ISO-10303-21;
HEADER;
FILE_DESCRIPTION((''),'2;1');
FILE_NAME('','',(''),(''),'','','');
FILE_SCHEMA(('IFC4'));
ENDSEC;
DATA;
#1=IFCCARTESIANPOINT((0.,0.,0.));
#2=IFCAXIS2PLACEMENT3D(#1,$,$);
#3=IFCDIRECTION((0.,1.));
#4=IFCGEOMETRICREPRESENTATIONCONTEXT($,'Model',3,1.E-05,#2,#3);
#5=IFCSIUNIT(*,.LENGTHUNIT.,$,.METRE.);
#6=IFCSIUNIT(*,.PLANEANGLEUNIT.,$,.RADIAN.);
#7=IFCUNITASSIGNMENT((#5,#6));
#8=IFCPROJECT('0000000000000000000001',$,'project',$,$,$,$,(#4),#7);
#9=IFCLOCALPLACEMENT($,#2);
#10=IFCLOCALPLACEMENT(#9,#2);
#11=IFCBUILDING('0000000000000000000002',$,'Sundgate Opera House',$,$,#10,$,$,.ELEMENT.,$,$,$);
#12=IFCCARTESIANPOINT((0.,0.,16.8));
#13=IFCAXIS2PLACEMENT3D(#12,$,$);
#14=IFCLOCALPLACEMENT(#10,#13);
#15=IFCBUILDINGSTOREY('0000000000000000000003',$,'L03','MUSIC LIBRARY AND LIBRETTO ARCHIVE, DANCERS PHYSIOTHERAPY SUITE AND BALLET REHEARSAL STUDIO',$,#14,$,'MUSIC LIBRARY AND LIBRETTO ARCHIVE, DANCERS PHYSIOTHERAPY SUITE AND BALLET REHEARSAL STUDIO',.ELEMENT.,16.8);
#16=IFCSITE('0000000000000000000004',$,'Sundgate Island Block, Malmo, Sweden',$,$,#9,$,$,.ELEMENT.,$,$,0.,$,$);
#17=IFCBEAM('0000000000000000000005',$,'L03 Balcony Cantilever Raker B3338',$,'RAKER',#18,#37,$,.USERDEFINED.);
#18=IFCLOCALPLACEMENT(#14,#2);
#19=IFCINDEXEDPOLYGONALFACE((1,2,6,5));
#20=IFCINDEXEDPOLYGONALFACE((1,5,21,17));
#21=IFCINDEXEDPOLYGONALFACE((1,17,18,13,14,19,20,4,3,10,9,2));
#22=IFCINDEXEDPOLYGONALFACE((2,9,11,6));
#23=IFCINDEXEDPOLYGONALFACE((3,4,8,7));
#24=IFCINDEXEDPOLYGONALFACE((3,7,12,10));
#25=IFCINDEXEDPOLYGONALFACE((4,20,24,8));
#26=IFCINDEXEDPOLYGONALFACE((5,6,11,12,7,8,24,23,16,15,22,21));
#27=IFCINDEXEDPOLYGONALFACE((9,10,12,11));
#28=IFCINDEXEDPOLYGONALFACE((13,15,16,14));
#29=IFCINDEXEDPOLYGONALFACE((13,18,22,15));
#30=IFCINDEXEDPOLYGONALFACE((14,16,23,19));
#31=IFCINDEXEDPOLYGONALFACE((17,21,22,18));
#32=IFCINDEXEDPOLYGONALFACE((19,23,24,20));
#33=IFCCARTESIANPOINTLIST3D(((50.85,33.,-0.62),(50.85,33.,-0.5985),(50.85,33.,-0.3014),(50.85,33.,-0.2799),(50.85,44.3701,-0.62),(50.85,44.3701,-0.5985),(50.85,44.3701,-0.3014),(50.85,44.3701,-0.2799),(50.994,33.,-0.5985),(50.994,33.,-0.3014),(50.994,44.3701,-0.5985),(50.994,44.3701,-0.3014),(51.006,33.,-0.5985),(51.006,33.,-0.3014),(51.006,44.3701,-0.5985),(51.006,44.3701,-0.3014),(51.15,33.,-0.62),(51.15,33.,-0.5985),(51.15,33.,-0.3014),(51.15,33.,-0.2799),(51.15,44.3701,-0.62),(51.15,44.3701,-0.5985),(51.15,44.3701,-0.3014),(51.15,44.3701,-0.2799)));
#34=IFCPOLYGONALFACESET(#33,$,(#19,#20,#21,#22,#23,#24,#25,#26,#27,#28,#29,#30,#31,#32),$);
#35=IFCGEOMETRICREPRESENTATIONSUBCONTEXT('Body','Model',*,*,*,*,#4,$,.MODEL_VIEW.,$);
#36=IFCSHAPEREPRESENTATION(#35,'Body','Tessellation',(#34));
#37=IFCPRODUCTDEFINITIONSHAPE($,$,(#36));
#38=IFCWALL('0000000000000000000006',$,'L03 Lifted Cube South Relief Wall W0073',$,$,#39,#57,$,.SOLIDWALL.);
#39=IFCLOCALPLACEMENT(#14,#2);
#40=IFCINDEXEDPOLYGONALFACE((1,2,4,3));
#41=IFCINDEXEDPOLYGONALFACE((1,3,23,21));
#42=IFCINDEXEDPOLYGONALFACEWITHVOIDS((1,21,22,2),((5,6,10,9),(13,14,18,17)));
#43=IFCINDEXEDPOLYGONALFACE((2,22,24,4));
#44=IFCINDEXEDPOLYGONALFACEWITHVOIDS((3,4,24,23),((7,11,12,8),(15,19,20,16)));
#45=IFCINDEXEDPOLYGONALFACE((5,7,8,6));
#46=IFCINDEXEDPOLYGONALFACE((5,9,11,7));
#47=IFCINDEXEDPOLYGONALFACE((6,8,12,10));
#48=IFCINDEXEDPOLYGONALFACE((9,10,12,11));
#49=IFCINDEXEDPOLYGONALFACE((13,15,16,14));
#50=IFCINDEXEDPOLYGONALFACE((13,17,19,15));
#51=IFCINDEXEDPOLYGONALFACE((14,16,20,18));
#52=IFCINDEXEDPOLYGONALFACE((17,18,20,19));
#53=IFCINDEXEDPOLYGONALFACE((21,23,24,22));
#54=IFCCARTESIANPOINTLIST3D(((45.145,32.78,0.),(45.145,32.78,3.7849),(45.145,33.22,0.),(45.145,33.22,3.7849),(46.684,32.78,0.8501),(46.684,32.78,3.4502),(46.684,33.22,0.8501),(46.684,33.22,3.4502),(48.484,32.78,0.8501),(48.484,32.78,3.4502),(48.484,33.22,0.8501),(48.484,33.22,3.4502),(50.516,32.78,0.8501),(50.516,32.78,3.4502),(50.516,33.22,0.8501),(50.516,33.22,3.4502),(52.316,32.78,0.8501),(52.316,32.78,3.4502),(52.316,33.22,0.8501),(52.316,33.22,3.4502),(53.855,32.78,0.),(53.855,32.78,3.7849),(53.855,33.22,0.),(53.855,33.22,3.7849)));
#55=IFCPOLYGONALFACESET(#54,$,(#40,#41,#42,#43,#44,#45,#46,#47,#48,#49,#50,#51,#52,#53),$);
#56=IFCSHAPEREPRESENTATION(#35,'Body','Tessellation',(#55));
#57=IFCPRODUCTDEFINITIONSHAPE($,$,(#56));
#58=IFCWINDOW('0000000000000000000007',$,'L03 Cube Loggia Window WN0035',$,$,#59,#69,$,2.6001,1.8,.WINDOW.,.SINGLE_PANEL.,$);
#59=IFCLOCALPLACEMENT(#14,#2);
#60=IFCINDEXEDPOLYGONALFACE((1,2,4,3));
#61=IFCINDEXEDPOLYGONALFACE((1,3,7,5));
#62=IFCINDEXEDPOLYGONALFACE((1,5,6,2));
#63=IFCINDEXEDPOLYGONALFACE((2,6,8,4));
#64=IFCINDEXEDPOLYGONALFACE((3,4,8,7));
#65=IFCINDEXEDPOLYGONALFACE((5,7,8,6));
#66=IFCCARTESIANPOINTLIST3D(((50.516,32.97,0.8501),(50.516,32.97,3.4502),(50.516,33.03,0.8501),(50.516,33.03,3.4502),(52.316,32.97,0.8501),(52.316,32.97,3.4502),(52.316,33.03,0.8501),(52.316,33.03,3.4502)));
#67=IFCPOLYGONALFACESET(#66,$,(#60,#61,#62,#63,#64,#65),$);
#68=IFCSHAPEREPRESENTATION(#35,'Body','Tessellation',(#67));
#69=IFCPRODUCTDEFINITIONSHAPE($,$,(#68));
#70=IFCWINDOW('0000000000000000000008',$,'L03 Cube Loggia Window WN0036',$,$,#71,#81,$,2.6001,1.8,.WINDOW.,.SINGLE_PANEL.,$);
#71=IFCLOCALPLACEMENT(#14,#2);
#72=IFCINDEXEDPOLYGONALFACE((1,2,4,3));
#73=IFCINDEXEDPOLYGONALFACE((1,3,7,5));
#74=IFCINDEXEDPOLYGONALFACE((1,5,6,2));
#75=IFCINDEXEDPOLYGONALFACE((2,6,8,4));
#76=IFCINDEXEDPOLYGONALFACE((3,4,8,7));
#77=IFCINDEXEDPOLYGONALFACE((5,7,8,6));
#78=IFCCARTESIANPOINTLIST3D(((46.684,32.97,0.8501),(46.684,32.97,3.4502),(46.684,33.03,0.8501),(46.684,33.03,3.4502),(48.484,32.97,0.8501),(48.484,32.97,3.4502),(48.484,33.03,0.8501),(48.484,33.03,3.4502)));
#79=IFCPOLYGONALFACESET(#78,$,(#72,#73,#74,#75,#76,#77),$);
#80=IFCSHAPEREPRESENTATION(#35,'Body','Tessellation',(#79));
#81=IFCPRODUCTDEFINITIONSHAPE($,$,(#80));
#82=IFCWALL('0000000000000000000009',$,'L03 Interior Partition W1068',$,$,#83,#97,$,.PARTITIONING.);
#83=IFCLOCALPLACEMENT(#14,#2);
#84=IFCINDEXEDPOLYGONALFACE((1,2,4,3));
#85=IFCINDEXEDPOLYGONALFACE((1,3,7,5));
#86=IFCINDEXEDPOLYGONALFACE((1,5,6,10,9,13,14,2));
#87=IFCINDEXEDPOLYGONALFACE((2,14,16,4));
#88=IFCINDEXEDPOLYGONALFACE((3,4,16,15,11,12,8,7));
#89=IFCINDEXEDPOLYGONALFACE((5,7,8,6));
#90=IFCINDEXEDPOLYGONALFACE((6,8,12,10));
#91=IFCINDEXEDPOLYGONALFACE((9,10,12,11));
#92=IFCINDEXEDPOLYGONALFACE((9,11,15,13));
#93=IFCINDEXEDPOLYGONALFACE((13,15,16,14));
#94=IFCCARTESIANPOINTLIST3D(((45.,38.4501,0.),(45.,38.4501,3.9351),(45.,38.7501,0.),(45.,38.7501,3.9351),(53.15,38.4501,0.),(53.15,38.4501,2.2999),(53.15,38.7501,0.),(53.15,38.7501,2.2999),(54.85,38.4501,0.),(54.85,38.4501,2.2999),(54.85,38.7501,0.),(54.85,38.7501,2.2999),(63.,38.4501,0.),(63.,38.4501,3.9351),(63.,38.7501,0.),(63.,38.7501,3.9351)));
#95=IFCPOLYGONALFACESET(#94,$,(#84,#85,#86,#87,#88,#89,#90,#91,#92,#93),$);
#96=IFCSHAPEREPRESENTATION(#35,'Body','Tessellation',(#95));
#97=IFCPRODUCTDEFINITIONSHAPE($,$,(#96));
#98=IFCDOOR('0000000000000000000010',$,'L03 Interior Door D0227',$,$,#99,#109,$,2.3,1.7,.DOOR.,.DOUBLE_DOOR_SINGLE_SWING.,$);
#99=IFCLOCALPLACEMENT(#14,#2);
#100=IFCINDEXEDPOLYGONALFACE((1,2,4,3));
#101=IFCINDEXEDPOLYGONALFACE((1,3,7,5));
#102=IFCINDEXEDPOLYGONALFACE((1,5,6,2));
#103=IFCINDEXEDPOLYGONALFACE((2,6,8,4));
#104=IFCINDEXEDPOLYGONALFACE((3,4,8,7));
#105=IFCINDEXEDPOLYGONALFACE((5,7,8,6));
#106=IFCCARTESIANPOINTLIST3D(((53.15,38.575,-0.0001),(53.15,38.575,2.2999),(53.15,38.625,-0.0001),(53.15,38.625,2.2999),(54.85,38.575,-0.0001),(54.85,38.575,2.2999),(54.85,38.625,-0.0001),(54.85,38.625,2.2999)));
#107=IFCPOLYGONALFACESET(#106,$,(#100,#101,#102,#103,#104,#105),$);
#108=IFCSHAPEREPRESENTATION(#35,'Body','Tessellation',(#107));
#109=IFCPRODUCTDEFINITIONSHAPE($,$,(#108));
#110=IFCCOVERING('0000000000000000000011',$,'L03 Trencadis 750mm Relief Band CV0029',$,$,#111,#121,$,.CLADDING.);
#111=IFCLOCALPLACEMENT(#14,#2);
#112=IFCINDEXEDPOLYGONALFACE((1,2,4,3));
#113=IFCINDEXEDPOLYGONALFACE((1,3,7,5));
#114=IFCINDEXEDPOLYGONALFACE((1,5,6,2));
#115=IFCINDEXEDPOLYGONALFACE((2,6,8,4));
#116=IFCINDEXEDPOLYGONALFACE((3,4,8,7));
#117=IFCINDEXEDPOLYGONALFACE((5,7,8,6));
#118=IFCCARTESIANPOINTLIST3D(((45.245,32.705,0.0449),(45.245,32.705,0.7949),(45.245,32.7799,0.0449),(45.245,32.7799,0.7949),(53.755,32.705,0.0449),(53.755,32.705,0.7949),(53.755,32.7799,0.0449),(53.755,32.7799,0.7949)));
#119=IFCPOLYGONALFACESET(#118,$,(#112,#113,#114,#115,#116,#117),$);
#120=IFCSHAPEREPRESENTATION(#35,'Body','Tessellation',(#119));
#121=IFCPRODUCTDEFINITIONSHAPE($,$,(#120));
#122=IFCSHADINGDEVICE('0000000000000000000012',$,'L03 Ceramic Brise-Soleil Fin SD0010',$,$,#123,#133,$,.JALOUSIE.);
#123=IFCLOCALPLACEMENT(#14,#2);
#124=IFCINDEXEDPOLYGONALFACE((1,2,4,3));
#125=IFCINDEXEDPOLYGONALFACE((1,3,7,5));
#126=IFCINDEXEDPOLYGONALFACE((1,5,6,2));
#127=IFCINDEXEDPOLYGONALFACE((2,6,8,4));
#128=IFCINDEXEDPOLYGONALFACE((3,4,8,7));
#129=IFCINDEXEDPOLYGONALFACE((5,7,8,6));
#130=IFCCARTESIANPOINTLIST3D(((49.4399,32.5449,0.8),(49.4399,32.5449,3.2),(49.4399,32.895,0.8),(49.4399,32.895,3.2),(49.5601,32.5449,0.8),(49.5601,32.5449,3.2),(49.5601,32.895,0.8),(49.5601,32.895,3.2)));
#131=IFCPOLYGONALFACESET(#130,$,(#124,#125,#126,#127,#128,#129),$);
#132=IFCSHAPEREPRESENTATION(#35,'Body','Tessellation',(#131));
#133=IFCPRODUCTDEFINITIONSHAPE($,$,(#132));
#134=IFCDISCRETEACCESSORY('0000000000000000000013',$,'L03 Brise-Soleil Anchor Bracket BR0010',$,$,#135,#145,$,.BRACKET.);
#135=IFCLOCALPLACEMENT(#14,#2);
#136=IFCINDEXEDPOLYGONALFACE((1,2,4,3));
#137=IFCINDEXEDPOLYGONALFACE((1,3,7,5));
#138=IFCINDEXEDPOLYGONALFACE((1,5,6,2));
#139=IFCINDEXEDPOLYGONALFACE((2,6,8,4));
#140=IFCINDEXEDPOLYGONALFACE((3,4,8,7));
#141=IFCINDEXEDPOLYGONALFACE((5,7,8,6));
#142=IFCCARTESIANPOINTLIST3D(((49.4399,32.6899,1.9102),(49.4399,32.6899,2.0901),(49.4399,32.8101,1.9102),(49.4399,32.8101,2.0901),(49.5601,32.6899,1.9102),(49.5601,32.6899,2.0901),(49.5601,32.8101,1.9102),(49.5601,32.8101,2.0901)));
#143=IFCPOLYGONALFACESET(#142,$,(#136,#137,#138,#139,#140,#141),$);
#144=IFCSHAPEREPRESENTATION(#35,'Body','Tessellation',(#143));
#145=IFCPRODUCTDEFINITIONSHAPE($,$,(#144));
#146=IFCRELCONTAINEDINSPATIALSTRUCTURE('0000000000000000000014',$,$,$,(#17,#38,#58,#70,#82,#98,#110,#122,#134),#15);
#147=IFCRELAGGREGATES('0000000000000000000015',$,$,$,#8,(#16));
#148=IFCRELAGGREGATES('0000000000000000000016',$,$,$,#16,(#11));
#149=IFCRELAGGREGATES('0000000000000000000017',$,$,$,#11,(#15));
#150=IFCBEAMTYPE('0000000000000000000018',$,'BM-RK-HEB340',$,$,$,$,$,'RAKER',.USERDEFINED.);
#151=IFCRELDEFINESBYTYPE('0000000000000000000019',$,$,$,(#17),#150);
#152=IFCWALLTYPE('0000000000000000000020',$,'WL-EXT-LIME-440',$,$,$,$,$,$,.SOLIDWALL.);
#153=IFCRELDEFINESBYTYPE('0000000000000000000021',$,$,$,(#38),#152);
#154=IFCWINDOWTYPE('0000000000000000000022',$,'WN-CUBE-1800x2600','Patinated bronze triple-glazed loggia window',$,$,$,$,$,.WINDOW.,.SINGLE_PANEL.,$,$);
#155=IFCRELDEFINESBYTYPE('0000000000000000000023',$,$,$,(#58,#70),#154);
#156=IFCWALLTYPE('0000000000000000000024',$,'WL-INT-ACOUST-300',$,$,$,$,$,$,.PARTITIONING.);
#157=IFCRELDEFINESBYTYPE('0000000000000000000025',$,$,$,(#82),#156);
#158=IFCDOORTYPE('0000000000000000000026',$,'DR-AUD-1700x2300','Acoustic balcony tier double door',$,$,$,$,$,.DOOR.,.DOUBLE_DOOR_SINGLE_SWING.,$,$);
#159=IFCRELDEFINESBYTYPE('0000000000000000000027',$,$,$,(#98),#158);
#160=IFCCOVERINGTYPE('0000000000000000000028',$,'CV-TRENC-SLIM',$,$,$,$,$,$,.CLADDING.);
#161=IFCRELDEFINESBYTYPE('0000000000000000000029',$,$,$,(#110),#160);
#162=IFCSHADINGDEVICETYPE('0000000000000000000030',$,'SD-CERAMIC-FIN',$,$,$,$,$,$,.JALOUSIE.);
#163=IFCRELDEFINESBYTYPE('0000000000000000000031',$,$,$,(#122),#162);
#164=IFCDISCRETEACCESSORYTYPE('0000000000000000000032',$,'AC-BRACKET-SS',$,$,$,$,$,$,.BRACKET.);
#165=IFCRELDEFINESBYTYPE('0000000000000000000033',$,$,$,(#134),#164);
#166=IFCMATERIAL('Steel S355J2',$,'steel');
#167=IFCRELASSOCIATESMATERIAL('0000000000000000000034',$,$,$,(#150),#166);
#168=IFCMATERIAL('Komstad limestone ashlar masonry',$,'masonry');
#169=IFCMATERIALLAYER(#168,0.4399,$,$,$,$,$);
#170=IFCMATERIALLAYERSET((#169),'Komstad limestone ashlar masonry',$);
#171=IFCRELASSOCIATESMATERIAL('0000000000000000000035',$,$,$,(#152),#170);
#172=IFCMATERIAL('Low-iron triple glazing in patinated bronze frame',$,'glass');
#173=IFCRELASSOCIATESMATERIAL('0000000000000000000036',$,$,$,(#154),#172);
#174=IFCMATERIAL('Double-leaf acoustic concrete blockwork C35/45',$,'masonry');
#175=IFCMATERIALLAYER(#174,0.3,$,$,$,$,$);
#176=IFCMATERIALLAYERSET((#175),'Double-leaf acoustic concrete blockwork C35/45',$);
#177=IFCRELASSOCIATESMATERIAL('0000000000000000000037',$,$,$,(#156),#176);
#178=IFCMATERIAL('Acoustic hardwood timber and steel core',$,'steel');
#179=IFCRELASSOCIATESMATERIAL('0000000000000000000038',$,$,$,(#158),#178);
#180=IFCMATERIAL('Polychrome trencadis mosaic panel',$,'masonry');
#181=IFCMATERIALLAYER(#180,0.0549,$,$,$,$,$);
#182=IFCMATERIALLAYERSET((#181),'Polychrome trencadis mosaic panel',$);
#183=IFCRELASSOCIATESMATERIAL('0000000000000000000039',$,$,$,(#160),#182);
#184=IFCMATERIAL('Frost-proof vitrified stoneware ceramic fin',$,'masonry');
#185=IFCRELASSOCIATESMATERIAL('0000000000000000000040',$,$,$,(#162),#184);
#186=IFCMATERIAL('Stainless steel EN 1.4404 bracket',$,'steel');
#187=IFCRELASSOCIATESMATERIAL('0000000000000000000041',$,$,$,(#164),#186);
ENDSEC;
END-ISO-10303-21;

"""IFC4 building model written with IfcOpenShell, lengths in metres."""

from ifc_helpers import new_model, si_unit, direction, frame, frame_2d, origin, origin_2d, place, context, subcontext, project, spatial, rectangle, i_section, extrude, material, layer, layer_set, material_profile, profile_set, type_object, element, fill, save


model = new_model("IFC4")

# Units and contexts
model_context = context("Model", 3, precision=1e-05, world=origin(), true_north=direction((0.0, 1.0)))
body_context = subcontext(model_context, "Body", "Model", "MODEL_VIEW")
ifc_project = project(units=[si_unit("LENGTHUNIT", "METRE"), si_unit("PLANEANGLEUNIT", "RADIAN")], contexts=[model_context])

# Site, building, storey
site_placement = place(None, origin())
site = spatial("IfcSite", under=ifc_project, at=site_placement, Name="Sundgate Island Block, Malmo, Sweden", CompositionType="ELEMENT", RefElevation=0.0)
building_placement = place(site_placement, origin())
building = spatial("IfcBuilding", under=site, at=building_placement, Name="Sundgate Opera House", CompositionType="ELEMENT")
storey_placement = place(building_placement, frame((0.0, 0.0, 16.8)))
storey = spatial("IfcBuildingStorey", under=building, at=storey_placement, Name="L03", Description="MUSIC LIBRARY AND LIBRETTO ARCHIVE, DANCERS PHYSIOTHERAPY SUITE AND BALLET REHEARSAL STUDIO", LongName="MUSIC LIBRARY AND LIBRETTO ARCHIVE, DANCERS PHYSIOTHERAPY SUITE AND BALLET REHEARSAL STUDIO", CompositionType="ELEMENT", Elevation=16.8)

# Beam
ifc_material_1 = material(Name="Steel S355J2", Category="steel")
ifc_material_profile_1 = material_profile(ifc_material_1, i_section(OverallWidth=0.3, OverallDepth=0.3401, WebThickness=0.012, FlangeThickness=0.0215, at=origin_2d()), Name="HEB 340")
ifc_profile_set_1 = profile_set([ifc_material_profile_1], Name="Steel S355J2")
beam_type_1 = type_object("IfcBeamType", Name="BM-RK-HEB340", ElementType="RAKER", PredefinedType="USERDEFINED", material=ifc_profile_set_1)
for number, where, z_axis, x_axis, name in (
    (1, (51.0, 33.0, -0.45), (0.0, 1.0, 0.0), (-1.0, 0.0, 0.0), "L03 Balcony Cantilever Raker B3338"),
):
    element("IfcBeam", number, at=place(storey_placement, frame(where, z_axis=z_axis, x_axis=x_axis)), inside=storey, type_object=beam_type_1, Name=name, ObjectType="RAKER", PredefinedType="USERDEFINED", context=body_context, shape_type="SweptSolid", body=[
        extrude(i_section(OverallWidth=0.3, OverallDepth=0.3401, WebThickness=0.012, FlangeThickness=0.0215, at=origin_2d()), origin(), (0.0, 0.0, 1.0), 11.3701),
    ])

# Wall, openings, windows
ifc_material_2 = material(Name="Komstad limestone ashlar masonry", Category="masonry")
ifc_layer_1 = layer(ifc_material_2, 0.4399)
ifc_layer_set_1 = layer_set([ifc_layer_1], Name="Komstad limestone ashlar masonry")
wall_type_1 = type_object("IfcWallType", Name="WL-EXT-LIME-440", PredefinedType="SOLIDWALL", material=ifc_layer_set_1)
wall_1_placement = place(storey_placement, frame((53.855, 33.0, 0.0), z_axis=(0.0, 0.0, 1.0), x_axis=(-1.0, 0.0, 0.0)))
wall_1 = element("IfcWall", 2, at=wall_1_placement, inside=storey, type_object=wall_type_1, Name="L03 Lifted Cube South Relief Wall W0073", PredefinedType="SOLIDWALL", context=body_context, shape_type="SweptSolid", body=[
    extrude(rectangle(XDim=8.71, YDim=0.4399, at=frame_2d((4.355, 0.0))), origin(), (0.0, 0.0, 1.0), 3.7849),
])
opening_1_placement = place(wall_1_placement, frame((1.5391, 0.0, 0.8501)))
opening_1 = element("IfcOpeningElement", 3, at=opening_1_placement, cuts=wall_1, PredefinedType="OPENING", context=body_context, shape_type="SweptSolid", body=[
    extrude(rectangle(XDim=1.8, YDim=2.6001, at=frame_2d((0.8999, 1.3))), frame((0.0, 0.23, 0.0), z_axis=(0.0, -1.0, 0.0), x_axis=(1.0, 0.0, 0.0)), (0.0, 0.0, 1.0), 0.46),
])
opening_2_placement = place(wall_1_placement, frame((5.3711, 0.0, 0.8501)))
opening_2 = element("IfcOpeningElement", 4, at=opening_2_placement, cuts=wall_1, PredefinedType="OPENING", context=body_context, shape_type="SweptSolid", body=[
    extrude(rectangle(XDim=1.8, YDim=2.6001, at=frame_2d((0.8999, 1.3))), frame((0.0, 0.23, 0.0), z_axis=(0.0, -1.0, 0.0), x_axis=(1.0, 0.0, 0.0)), (0.0, 0.0, 1.0), 0.46),
])
ifc_material_3 = material(Name="Low-iron triple glazing in patinated bronze frame", Category="glass")
window_type = type_object("IfcWindowType", Name="WN-CUBE-1800x2600", Description="Patinated bronze triple-glazed loggia window", PartitioningType="SINGLE_PANEL", PredefinedType="WINDOW", material=ifc_material_3)
window_1_placement = place(opening_1_placement, origin())
window_1 = element("IfcWindow", 5, at=window_1_placement, inside=storey, type_object=window_type, Name="L03 Cube Loggia Window WN0035", OverallHeight=2.6001, OverallWidth=1.8, PartitioningType="SINGLE_PANEL", PredefinedType="WINDOW", context=body_context, shape_type="SweptSolid", body=[
    extrude(rectangle(XDim=1.8, YDim=2.6001, at=frame_2d((0.8999, 1.3))), frame((0.0, 0.03, 0.0), z_axis=(0.0, -1.0, 0.0), x_axis=(1.0, 0.0, 0.0)), (0.0, 0.0, 1.0), 0.0601),
])
fill(opening_1, window_1)
window_2_placement = place(opening_2_placement, origin())
window_2 = element("IfcWindow", 6, at=window_2_placement, inside=storey, type_object=window_type, Name="L03 Cube Loggia Window WN0036", OverallHeight=2.6001, OverallWidth=1.8, PartitioningType="SINGLE_PANEL", PredefinedType="WINDOW", context=body_context, shape_type="SweptSolid", body=[
    extrude(rectangle(XDim=1.8, YDim=2.6001, at=frame_2d((0.8999, 1.3))), frame((0.0, 0.03, 0.0), z_axis=(0.0, -1.0, 0.0), x_axis=(1.0, 0.0, 0.0)), (0.0, 0.0, 1.0), 0.0601),
])
fill(opening_2, window_2)

# Wall, opening, door
ifc_material_4 = material(Name="Double-leaf acoustic concrete blockwork C35/45", Category="masonry")
ifc_layer_2 = layer(ifc_material_4, 0.3)
ifc_layer_set_2 = layer_set([ifc_layer_2], Name="Double-leaf acoustic concrete blockwork C35/45")
wall_type_2 = type_object("IfcWallType", Name="WL-INT-ACOUST-300", PredefinedType="PARTITIONING", material=ifc_layer_set_2)
wall_2_placement = place(storey_placement, frame((45.0, 38.6001, 0.0), z_axis=(0.0, 0.0, 1.0), x_axis=(1.0, 0.0, 0.0)))
wall_2 = element("IfcWall", 7, at=wall_2_placement, inside=storey, type_object=wall_type_2, Name="L03 Interior Partition W1068", PredefinedType="PARTITIONING", context=body_context, shape_type="SweptSolid", body=[
    extrude(rectangle(XDim=18.0, YDim=0.3, at=frame_2d((9.0, 0.0))), origin(), (0.0, 0.0, 1.0), 3.9351),
])
opening_3_placement = place(wall_2_placement, frame((8.1499, 0.0, 0.0)))
opening_3 = element("IfcOpeningElement", 8, at=opening_3_placement, cuts=wall_2, PredefinedType="OPENING", context=body_context, shape_type="SweptSolid", body=[
    extrude(rectangle(XDim=1.7, YDim=2.3, at=frame_2d((0.8501, 1.1499))), frame((0.0, 0.1599, 0.0), z_axis=(0.0, -1.0, 0.0), x_axis=(1.0, 0.0, 0.0)), (0.0, 0.0, 1.0), 0.3201),
])
ifc_material_5 = material(Name="Acoustic hardwood timber and steel core", Category="steel")
door_type = type_object("IfcDoorType", Name="DR-AUD-1700x2300", Description="Acoustic balcony tier double door", OperationType="DOUBLE_DOOR_SINGLE_SWING", PredefinedType="DOOR", material=ifc_material_5)
door_placement = place(opening_3_placement, origin())
door = element("IfcDoor", 9, at=door_placement, inside=storey, type_object=door_type, Name="L03 Interior Door D0227", OperationType="DOUBLE_DOOR_SINGLE_SWING", OverallHeight=2.3, OverallWidth=1.7, PredefinedType="DOOR", context=body_context, shape_type="SweptSolid", body=[
    extrude(rectangle(XDim=1.7, YDim=2.3, at=frame_2d((0.8501, 1.1499))), frame((0.0, 0.0249, 0.0), z_axis=(0.0, -1.0, 0.0), x_axis=(1.0, 0.0, 0.0)), (0.0, 0.0, 1.0), 0.05),
])
fill(opening_3, door)

# Covering
ifc_material_6 = material(Name="Polychrome trencadis mosaic panel", Category="masonry")
ifc_layer_3 = layer(ifc_material_6, 0.0549)
ifc_layer_set_3 = layer_set([ifc_layer_3], Name="Polychrome trencadis mosaic panel")
covering_type = type_object("IfcCoveringType", Name="CV-TRENC-SLIM", PredefinedType="CLADDING", material=ifc_layer_set_3)
covering_placement = place(storey_placement, frame((49.5, 32.7424, 0.0449), z_axis=(0.0, 0.0, 1.0), x_axis=(1.0, 0.0, 0.0)))
element("IfcCovering", 10, at=covering_placement, inside=storey, type_object=covering_type, Name="L03 Trencadis 750mm Relief Band CV0029", PredefinedType="CLADDING", context=body_context, shape_type="SweptSolid", body=[
    extrude(rectangle(XDim=8.51, YDim=0.075, at=origin_2d()), origin(), (0.0, 0.0, 1.0), 0.75),
])

# Shading device
ifc_material_7 = material(Name="Frost-proof vitrified stoneware ceramic fin", Category="masonry")
shading_device_type = type_object("IfcShadingDeviceType", Name="SD-CERAMIC-FIN", PredefinedType="JALOUSIE", material=ifc_material_7)
shading_device_placement = place(storey_placement, frame((49.5, 32.72, 0.8), z_axis=(0.0, 0.0, 1.0), x_axis=(1.0, 0.0, 0.0)))
element("IfcShadingDevice", 11, at=shading_device_placement, inside=storey, type_object=shading_device_type, Name="L03 Ceramic Brise-Soleil Fin SD0010", PredefinedType="JALOUSIE", context=body_context, shape_type="SweptSolid", body=[
    extrude(rectangle(XDim=0.1201, YDim=0.3501, at=origin_2d()), origin(), (0.0, 0.0, 1.0), 2.3999),
])

# Discrete accessory
ifc_material_8 = material(Name="Stainless steel EN 1.4404 bracket", Category="steel")
discrete_accessory_type = type_object("IfcDiscreteAccessoryType", Name="AC-BRACKET-SS", PredefinedType="BRACKET", material=ifc_material_8)
discrete_accessory_placement = place(storey_placement, frame((49.5, 32.75, 1.9102), z_axis=(0.0, 0.0, 1.0), x_axis=(1.0, 0.0, 0.0)))
element("IfcDiscreteAccessory", 12, at=discrete_accessory_placement, inside=storey, type_object=discrete_accessory_type, Name="L03 Brise-Soleil Anchor Bracket BR0010", PredefinedType="BRACKET", context=body_context, shape_type="SweptSolid", body=[
    extrude(rectangle(XDim=0.1201, YDim=0.1201, at=origin_2d()), origin(), (0.0, 0.0, 1.0), 0.1799),
])

save(model, "model.ifc")
